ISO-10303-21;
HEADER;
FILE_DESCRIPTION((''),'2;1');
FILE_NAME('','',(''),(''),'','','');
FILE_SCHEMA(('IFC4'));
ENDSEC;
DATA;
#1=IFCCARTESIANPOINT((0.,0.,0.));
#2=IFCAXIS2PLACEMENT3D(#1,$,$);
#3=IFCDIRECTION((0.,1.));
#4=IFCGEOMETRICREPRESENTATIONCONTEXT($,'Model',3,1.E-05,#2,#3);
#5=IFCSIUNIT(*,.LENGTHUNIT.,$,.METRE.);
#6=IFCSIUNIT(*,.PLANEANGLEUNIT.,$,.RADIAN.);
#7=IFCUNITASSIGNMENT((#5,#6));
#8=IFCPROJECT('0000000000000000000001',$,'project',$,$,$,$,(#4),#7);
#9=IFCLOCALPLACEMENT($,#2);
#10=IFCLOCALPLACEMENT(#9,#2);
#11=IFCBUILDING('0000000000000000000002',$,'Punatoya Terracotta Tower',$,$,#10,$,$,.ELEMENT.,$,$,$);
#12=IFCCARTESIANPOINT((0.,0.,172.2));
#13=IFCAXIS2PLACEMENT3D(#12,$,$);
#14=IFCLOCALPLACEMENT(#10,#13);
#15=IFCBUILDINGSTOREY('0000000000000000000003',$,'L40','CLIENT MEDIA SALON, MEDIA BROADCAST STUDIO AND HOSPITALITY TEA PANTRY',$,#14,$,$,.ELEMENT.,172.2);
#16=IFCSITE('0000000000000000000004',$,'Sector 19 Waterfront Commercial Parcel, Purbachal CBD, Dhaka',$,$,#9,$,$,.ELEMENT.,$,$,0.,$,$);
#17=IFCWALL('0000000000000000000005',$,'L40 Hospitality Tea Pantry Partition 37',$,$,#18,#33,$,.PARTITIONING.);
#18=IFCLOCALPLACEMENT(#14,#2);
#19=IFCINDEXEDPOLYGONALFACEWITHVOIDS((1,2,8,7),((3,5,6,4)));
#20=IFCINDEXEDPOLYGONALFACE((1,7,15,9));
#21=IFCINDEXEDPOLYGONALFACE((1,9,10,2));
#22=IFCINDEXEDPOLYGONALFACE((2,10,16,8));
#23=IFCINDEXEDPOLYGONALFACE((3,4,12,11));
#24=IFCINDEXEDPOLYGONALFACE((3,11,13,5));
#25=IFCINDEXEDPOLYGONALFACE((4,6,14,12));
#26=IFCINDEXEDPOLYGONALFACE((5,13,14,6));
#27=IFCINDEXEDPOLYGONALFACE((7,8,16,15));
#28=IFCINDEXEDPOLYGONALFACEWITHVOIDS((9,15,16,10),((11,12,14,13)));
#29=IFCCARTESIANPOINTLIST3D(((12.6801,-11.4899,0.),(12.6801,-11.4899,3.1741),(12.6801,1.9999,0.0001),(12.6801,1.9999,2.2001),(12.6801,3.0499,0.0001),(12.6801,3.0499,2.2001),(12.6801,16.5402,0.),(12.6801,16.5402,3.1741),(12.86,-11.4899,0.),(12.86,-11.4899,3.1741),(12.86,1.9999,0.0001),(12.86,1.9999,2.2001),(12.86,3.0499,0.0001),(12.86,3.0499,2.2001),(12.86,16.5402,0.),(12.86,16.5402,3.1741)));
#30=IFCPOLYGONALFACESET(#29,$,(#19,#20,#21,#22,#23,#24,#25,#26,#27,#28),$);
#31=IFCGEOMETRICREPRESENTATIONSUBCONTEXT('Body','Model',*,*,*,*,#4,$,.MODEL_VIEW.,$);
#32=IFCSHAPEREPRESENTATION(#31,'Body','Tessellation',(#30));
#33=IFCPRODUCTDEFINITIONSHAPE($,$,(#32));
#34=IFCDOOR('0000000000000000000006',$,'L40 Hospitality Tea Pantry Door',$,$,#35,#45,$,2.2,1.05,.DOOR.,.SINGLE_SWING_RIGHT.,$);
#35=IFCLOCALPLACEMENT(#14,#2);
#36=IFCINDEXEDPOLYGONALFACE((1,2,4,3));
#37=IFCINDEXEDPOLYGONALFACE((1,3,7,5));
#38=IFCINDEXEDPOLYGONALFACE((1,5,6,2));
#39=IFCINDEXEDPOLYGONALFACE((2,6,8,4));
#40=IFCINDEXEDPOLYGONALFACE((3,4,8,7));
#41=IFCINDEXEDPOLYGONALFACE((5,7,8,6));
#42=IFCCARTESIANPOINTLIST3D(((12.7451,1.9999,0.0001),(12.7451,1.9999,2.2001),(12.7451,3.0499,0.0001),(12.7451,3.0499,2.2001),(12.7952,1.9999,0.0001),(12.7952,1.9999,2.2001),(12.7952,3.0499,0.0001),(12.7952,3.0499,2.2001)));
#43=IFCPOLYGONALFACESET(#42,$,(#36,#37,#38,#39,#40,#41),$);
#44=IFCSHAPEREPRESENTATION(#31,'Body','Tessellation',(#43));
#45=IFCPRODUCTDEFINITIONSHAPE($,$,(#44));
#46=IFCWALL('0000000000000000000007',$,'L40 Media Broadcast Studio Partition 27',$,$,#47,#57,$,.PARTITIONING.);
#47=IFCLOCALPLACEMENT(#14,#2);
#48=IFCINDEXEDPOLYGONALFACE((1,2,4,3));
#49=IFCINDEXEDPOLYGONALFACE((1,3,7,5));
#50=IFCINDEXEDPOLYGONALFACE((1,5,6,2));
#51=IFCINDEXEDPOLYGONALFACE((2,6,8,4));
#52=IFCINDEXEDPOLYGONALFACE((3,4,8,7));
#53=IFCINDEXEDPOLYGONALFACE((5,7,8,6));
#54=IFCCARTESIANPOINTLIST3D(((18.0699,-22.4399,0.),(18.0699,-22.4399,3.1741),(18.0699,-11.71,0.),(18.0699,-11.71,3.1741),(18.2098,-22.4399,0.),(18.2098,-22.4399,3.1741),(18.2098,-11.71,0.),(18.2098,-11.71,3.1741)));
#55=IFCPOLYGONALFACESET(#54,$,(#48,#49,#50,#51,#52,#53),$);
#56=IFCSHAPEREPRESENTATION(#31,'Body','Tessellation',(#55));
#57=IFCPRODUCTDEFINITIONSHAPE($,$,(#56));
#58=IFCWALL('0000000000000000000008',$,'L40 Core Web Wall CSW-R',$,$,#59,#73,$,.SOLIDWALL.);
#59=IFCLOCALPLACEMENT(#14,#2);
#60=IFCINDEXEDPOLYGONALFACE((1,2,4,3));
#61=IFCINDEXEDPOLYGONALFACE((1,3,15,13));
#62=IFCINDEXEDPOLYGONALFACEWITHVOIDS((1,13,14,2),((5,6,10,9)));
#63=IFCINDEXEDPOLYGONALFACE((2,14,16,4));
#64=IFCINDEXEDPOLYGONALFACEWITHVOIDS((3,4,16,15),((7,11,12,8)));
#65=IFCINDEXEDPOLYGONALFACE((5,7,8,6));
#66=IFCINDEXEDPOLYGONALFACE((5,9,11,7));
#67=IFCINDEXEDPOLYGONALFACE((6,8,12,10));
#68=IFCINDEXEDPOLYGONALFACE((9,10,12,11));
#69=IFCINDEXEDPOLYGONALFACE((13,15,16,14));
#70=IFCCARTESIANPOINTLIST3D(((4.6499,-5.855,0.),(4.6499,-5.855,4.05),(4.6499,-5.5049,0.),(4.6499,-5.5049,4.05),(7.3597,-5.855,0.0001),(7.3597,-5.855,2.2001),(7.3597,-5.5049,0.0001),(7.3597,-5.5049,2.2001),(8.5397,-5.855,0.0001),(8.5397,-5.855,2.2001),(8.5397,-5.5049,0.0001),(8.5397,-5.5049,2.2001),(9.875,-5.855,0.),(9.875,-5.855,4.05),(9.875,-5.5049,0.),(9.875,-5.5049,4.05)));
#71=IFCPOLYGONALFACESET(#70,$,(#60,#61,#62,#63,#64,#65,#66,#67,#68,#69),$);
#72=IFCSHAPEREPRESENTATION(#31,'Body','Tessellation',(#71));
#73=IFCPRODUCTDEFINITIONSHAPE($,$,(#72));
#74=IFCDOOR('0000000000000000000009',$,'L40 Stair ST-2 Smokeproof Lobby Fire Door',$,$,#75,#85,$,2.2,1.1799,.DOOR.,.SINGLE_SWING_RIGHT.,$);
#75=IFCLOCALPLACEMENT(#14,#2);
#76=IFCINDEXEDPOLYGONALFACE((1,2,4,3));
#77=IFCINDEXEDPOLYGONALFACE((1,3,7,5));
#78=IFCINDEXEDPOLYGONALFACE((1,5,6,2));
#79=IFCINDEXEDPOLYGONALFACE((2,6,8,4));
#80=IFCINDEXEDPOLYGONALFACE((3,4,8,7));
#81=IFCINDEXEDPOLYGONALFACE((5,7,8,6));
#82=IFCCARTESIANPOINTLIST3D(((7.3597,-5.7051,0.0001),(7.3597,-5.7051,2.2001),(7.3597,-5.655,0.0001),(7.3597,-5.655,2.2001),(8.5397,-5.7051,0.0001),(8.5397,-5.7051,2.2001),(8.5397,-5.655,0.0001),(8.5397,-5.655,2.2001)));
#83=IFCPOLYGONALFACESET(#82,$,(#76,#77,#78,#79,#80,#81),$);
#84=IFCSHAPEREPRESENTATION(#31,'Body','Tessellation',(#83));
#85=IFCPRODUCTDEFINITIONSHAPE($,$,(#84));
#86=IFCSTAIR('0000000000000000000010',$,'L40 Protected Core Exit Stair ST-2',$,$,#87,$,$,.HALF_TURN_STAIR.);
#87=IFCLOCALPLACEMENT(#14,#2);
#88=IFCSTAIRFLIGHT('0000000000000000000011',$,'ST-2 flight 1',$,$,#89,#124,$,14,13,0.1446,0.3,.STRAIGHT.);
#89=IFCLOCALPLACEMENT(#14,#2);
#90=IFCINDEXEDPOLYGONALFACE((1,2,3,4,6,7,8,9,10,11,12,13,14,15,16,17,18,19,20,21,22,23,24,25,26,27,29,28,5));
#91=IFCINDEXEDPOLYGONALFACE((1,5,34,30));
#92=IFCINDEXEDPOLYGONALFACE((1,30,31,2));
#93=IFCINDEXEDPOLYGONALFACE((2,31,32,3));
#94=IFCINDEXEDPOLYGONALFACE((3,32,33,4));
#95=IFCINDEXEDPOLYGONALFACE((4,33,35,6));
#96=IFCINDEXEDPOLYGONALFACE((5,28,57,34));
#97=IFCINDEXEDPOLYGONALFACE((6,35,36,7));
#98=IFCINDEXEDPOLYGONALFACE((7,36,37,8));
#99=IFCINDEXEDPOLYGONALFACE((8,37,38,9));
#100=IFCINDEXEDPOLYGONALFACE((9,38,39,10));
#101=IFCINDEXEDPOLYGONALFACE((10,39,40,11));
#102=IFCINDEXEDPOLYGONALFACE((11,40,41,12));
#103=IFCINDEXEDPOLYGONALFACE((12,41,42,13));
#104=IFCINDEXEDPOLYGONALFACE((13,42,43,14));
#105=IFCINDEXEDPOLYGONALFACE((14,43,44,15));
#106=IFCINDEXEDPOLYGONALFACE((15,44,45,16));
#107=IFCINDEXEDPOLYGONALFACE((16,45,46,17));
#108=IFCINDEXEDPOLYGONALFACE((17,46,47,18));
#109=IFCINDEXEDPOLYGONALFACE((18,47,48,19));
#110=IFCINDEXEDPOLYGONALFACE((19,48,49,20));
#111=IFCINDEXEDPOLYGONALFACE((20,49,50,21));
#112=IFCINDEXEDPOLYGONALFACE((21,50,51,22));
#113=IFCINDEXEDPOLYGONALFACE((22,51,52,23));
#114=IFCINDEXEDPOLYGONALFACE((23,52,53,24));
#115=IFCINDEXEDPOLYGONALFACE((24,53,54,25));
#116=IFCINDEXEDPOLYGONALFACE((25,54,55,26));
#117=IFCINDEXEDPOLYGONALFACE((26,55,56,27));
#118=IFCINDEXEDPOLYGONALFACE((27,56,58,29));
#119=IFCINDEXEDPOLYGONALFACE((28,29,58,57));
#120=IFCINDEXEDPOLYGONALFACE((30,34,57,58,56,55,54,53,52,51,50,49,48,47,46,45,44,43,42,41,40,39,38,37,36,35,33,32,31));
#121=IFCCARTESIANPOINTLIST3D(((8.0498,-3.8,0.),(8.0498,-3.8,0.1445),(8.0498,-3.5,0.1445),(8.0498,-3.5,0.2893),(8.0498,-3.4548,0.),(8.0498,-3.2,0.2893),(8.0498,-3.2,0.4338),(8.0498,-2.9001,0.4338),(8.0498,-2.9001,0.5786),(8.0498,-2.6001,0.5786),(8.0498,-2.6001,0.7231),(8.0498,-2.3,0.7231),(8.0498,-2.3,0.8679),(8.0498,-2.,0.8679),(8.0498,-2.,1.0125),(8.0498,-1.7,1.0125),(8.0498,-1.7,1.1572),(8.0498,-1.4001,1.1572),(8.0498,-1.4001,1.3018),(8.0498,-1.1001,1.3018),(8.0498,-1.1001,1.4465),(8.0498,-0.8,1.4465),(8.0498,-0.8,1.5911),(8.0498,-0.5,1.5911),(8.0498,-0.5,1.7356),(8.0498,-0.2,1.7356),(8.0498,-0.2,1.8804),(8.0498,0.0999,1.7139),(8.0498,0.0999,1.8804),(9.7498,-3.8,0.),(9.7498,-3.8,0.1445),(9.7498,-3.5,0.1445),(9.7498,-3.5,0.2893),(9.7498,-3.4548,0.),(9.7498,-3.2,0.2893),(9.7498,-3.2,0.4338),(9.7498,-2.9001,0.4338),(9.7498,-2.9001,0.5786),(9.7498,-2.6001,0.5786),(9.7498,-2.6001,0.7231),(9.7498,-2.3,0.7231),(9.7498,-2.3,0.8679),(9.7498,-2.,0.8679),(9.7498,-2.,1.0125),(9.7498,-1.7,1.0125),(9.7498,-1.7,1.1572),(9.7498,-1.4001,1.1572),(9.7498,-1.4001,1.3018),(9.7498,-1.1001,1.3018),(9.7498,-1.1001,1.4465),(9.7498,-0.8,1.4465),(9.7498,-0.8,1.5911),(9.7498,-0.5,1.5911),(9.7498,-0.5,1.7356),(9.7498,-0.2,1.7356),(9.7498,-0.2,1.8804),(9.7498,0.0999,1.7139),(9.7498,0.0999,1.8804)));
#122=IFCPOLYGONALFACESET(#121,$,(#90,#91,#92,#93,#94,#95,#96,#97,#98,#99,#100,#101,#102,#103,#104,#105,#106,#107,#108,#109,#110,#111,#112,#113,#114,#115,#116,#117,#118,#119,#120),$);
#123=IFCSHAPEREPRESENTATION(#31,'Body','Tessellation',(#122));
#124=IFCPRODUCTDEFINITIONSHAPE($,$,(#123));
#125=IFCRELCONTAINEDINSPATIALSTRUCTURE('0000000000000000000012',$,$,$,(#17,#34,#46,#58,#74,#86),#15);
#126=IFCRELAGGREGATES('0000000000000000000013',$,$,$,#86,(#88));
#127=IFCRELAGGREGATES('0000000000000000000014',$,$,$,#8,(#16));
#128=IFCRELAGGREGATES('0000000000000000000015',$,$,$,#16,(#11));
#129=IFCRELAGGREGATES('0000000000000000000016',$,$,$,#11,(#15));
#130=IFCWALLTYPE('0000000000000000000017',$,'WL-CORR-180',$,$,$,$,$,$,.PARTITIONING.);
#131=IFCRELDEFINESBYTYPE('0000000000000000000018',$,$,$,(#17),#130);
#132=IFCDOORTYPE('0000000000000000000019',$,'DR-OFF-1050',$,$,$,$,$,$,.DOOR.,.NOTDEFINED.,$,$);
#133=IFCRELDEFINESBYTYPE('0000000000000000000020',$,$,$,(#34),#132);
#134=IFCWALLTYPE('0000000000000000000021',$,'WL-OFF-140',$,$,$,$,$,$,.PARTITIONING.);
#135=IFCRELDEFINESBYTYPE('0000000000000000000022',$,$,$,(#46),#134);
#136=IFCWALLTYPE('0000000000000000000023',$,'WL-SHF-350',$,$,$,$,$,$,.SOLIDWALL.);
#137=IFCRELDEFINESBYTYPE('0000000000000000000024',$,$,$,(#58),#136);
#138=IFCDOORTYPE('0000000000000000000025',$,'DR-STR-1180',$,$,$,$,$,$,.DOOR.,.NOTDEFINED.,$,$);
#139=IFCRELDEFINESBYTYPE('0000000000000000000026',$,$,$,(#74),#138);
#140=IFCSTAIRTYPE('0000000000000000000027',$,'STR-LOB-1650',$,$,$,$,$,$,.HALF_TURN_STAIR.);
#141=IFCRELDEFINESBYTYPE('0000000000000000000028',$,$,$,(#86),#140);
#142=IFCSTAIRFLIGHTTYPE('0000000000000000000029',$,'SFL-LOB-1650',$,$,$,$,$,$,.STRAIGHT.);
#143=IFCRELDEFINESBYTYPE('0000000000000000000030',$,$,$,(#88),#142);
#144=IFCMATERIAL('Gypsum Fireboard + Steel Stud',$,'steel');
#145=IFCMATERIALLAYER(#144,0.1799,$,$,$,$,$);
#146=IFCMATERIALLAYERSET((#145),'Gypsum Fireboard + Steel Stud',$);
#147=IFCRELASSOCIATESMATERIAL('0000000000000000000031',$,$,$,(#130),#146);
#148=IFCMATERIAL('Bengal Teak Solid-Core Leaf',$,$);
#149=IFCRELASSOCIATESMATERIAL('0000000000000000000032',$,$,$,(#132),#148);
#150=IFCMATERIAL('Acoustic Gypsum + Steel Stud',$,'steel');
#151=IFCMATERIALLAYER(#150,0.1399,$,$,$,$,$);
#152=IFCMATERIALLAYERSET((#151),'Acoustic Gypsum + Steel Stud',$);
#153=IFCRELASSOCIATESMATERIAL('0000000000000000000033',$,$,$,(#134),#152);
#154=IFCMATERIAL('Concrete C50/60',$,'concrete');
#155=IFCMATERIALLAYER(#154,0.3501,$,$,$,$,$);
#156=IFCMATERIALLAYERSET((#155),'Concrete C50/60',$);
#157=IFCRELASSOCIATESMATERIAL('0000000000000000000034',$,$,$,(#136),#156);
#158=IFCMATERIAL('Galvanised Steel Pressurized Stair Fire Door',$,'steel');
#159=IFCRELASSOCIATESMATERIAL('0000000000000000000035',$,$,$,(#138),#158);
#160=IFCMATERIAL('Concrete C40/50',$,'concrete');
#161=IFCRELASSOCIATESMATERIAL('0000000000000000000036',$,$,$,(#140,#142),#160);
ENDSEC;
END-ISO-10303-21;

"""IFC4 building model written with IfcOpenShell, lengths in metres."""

from ifc_helpers import new_model, si_unit, direction, frame, frame_2d, origin, place, context, subcontext, project, spatial, polyline, rectangle, outline, extrude, material, layer, layer_set, type_object, element, fill, aggregate, save


model = new_model("IFC4")

# Units and contexts
model_context = context("Model", 3, precision=1e-05, world=origin(), true_north=direction((0.0, 1.0)))
body_context = subcontext(model_context, "Body", "Model", "MODEL_VIEW")
ifc_project = project(units=[si_unit("LENGTHUNIT", "METRE"), si_unit("PLANEANGLEUNIT", "RADIAN")], contexts=[model_context])

# Site, building, storey
site_placement = place(None, origin())
site = spatial("IfcSite", under=ifc_project, at=site_placement, Name="Sector 19 Waterfront Commercial Parcel, Purbachal CBD, Dhaka", CompositionType="ELEMENT", RefElevation=0.0)
building_placement = place(site_placement, origin())
building = spatial("IfcBuilding", under=site, at=building_placement, Name="Punatoya Terracotta Tower", CompositionType="ELEMENT")
storey_placement = place(building_placement, frame((0.0, 0.0, 172.2)))
storey = spatial("IfcBuildingStorey", under=building, at=storey_placement, Name="L40", Description="CLIENT MEDIA SALON, MEDIA BROADCAST STUDIO AND HOSPITALITY TEA PANTRY", CompositionType="ELEMENT", Elevation=172.2)

# Wall, opening, door
ifc_material_1 = material(Name="Gypsum Fireboard + Steel Stud", Category="steel")
ifc_layer_1 = layer(ifc_material_1, 0.1799)
ifc_layer_set_1 = layer_set([ifc_layer_1], Name="Gypsum Fireboard + Steel Stud")
wall_type_1 = type_object("IfcWallType", Name="WL-CORR-180", PredefinedType="PARTITIONING", material=ifc_layer_set_1)
wall_1_placement = place(storey_placement, frame((12.77, -11.49, 0.0), z_axis=(0.0, 0.0, 1.0), x_axis=(0.0, 1.0, 0.0)))
wall_1 = element("IfcWall", 1, at=wall_1_placement, inside=storey, type_object=wall_type_1, Name="L40 Hospitality Tea Pantry Partition 37", PredefinedType="PARTITIONING", context=body_context, shape_type="SweptSolid", body=[
    extrude(rectangle(XDim=28.03, YDim=0.1799, at=frame_2d((14.0151, 0.0))), origin(), (0.0, 0.0, 1.0), 3.1741),
])
opening_1_placement = place(wall_1_placement, frame((13.49, 0.0, 0.0)))
opening_1 = element("IfcOpeningElement", 2, at=opening_1_placement, cuts=wall_1, PredefinedType="OPENING", context=body_context, shape_type="SweptSolid", body=[
    extrude(rectangle(XDim=1.05, YDim=2.2, at=frame_2d((0.5249, 1.1001))), frame((0.0, 0.0999, 0.0), z_axis=(0.0, -1.0, 0.0), x_axis=(1.0, 0.0, 0.0)), (0.0, 0.0, 1.0), 0.2),
])
ifc_material_2 = material(Name="Bengal Teak Solid-Core Leaf")
door_type_1 = type_object("IfcDoorType", Name="DR-OFF-1050", OperationType="NOTDEFINED", PredefinedType="DOOR", material=ifc_material_2)
door_1_placement = place(opening_1_placement, origin())
door_1 = element("IfcDoor", 3, at=door_1_placement, inside=storey, type_object=door_type_1, Name="L40 Hospitality Tea Pantry Door", OperationType="SINGLE_SWING_RIGHT", OverallHeight=2.2, OverallWidth=1.05, PredefinedType="DOOR", context=body_context, shape_type="SweptSolid", body=[
    extrude(rectangle(XDim=1.05, YDim=2.2, at=frame_2d((0.5249, 1.1001))), frame((0.0, 0.0249, 0.0), z_axis=(0.0, -1.0, 0.0), x_axis=(1.0, 0.0, 0.0)), (0.0, 0.0, 1.0), 0.05),
])
fill(opening_1, door_1)

# Wall
ifc_material_3 = material(Name="Acoustic Gypsum + Steel Stud", Category="steel")
ifc_layer_2 = layer(ifc_material_3, 0.1399)
ifc_layer_set_2 = layer_set([ifc_layer_2], Name="Acoustic Gypsum + Steel Stud")
wall_type_2 = type_object("IfcWallType", Name="WL-OFF-140", PredefinedType="PARTITIONING", material=ifc_layer_set_2)
wall_2_placement = place(storey_placement, frame((18.1399, -11.71, 0.0), z_axis=(0.0, 0.0, 1.0), x_axis=(0.0, -1.0, 0.0)))
element("IfcWall", 4, at=wall_2_placement, inside=storey, type_object=wall_type_2, Name="L40 Media Broadcast Studio Partition 27", PredefinedType="PARTITIONING", context=body_context, shape_type="SweptSolid", body=[
    extrude(rectangle(XDim=10.73, YDim=0.1399, at=frame_2d((5.365, 0.0))), origin(), (0.0, 0.0, 1.0), 3.1741),
])

# Wall, opening, door
ifc_material_4 = material(Name="Concrete C50/60", Category="concrete")
ifc_layer_3 = layer(ifc_material_4, 0.3501)
ifc_layer_set_3 = layer_set([ifc_layer_3], Name="Concrete C50/60")
wall_type_3 = type_object("IfcWallType", Name="WL-SHF-350", PredefinedType="SOLIDWALL", material=ifc_layer_set_3)
wall_3_placement = place(storey_placement, frame((4.6499, -5.6799, 0.0), z_axis=(0.0, 0.0, 1.0), x_axis=(1.0, 0.0, 0.0)))
wall_3 = element("IfcWall", 5, at=wall_3_placement, inside=storey, type_object=wall_type_3, Name="L40 Core Web Wall CSW-R", PredefinedType="SOLIDWALL", context=body_context, shape_type="SweptSolid", body=[
    extrude(rectangle(XDim=5.2251, YDim=0.3501, at=frame_2d((2.6125, 0.0))), origin(), (0.0, 0.0, 1.0), 4.05),
])
opening_2_placement = place(wall_3_placement, frame((2.71, 0.0, 0.0)))
opening_2 = element("IfcOpeningElement", 6, at=opening_2_placement, cuts=wall_3, PredefinedType="OPENING", context=body_context, shape_type="SweptSolid", body=[
    extrude(rectangle(XDim=1.1799, YDim=2.2, at=frame_2d((0.5898, 1.1001))), frame((0.0, 0.1851, 0.0), z_axis=(0.0, -1.0, 0.0), x_axis=(1.0, 0.0, 0.0)), (0.0, 0.0, 1.0), 0.3701),
])
ifc_material_5 = material(Name="Galvanised Steel Pressurized Stair Fire Door", Category="steel")
door_type_2 = type_object("IfcDoorType", Name="DR-STR-1180", OperationType="NOTDEFINED", PredefinedType="DOOR", material=ifc_material_5)
door_2_placement = place(opening_2_placement, origin())
door_2 = element("IfcDoor", 7, at=door_2_placement, inside=storey, type_object=door_type_2, Name="L40 Stair ST-2 Smokeproof Lobby Fire Door", OperationType="SINGLE_SWING_RIGHT", OverallHeight=2.2, OverallWidth=1.1799, PredefinedType="DOOR", context=body_context, shape_type="SweptSolid", body=[
    extrude(rectangle(XDim=1.1799, YDim=2.2, at=frame_2d((0.5898, 1.1001))), frame((0.0, 0.0249, 0.0), z_axis=(0.0, -1.0, 0.0), x_axis=(1.0, 0.0, 0.0)), (0.0, 0.0, 1.0), 0.05),
])
fill(opening_2, door_2)

# Stair, stair flight
ifc_material_6 = material(Name="Concrete C40/50", Category="concrete")
stair_type = type_object("IfcStairType", Name="STR-LOB-1650", PredefinedType="HALF_TURN_STAIR", material=ifc_material_6)
stair_placement = place(storey_placement, origin())
stair = element("IfcStair", 8, at=stair_placement, inside=storey, type_object=stair_type, Name="L40 Protected Core Exit Stair ST-2", PredefinedType="HALF_TURN_STAIR")
stair_flight_type = type_object("IfcStairFlightType", Name="SFL-LOB-1650", PredefinedType="STRAIGHT", material=ifc_material_6)
stair_flight_placement = place(storey_placement, frame((8.8999, -3.8, 0.0), z_axis=(0.0, 0.0, 1.0), x_axis=(0.0, 1.0, 0.0)))
stair_flight = element("IfcStairFlight", 9, at=stair_flight_placement, type_object=stair_flight_type, Name="ST-2 flight 1", NumberOfRisers=14, NumberOfTreads=13, PredefinedType="STRAIGHT", RiserHeight=0.1446, TreadLength=0.3, context=body_context, shape_type="SweptSolid", body=[
    extrude(outline(polyline([(0.0, 0.0), (0.0, 0.1445), (0.3, 0.1445), (0.3, 0.2893), (0.6001, 0.2893), (0.6001, 0.4338), (0.8999, 0.4338), (0.8999, 0.5786), (1.2, 0.5786), (1.2, 0.7231), (1.5, 0.7231), (1.5, 0.8679), (1.8, 0.8679), (1.8, 1.0125), (2.1001, 1.0125), (2.1001, 1.1572), (2.3999, 1.1572), (2.3999, 1.3018), (2.7, 1.3018), (2.7, 1.4465), (3.0, 1.4465), (3.0, 1.5911), (3.3, 1.5911), (3.3, 1.7356), (3.6001, 1.7356), (3.6001, 1.8804), (3.8999, 1.8804), (3.8999, 2.0249), (3.8999, 1.7139), (0.3452, 0.0), (0.0, 0.0)])), frame((0.0, 0.8501, 0.0), z_axis=(0.0, -1.0, 0.0), x_axis=(1.0, 0.0, 0.0)), (0.0, 0.0, 1.0), 1.7),
])
aggregate(stair, [stair_flight])

save(model, "model.ifc")
